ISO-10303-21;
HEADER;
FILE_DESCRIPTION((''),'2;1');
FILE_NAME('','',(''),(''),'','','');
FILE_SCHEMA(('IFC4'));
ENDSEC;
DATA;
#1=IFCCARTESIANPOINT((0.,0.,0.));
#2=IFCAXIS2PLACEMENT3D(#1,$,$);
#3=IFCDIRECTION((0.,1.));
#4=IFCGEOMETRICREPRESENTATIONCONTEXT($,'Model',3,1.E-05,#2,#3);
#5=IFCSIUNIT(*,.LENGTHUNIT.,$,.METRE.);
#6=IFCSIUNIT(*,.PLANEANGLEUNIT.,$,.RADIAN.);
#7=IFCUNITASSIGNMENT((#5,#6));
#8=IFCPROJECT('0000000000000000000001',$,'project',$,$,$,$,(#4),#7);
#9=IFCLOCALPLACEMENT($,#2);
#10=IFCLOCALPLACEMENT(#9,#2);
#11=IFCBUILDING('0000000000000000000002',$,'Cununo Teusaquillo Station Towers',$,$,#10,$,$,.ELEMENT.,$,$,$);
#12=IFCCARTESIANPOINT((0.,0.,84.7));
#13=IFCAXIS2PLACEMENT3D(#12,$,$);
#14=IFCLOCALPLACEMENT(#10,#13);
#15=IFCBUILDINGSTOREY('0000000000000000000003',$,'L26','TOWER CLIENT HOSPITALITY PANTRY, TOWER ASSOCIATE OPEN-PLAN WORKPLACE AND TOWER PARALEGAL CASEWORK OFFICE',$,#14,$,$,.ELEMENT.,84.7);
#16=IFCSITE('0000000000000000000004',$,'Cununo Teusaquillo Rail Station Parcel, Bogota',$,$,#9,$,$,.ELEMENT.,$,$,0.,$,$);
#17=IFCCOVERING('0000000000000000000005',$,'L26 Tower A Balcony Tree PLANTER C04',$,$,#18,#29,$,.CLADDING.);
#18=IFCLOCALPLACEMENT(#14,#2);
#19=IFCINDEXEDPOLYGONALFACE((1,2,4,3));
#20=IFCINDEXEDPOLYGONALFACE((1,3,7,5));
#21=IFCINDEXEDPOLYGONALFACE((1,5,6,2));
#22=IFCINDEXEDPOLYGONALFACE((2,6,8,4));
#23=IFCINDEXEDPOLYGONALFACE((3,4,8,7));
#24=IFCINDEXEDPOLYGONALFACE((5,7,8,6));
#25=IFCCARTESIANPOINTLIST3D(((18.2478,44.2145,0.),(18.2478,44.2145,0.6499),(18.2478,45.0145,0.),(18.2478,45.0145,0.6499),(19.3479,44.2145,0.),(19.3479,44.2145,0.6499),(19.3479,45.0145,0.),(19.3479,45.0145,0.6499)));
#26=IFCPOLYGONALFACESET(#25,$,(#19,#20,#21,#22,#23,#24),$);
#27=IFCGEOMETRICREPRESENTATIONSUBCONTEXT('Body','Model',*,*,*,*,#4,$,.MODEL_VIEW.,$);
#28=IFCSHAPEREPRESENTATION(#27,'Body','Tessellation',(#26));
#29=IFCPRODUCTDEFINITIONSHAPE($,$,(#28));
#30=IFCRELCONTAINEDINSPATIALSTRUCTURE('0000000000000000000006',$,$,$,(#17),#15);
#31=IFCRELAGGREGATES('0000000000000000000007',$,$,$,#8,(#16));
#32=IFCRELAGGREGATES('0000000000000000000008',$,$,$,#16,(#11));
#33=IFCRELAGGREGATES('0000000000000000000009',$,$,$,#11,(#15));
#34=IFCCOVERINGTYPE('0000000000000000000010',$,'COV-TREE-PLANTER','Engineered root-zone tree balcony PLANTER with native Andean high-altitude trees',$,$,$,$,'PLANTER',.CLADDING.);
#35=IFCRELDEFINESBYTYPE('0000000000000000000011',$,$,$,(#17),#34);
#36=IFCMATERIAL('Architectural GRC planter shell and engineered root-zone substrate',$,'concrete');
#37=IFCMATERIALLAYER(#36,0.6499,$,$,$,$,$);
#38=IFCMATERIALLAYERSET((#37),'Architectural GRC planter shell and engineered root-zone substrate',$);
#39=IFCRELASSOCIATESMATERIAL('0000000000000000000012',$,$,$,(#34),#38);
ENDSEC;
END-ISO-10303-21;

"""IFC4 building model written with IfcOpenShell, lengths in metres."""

from ifc_helpers import new_model, si_unit, direction, frame, origin, origin_2d, place, context, subcontext, project, spatial, rectangle, extrude, source, transform, mapped, material, layer, layer_set, type_object, element, save


model = new_model("IFC4")

# Units and contexts
model_context = context("Model", 3, precision=1e-05, world=origin(), true_north=direction((0.0, 1.0)))
body_context = subcontext(model_context, "Body", "Model", "MODEL_VIEW")
ifc_project = project(units=[si_unit("LENGTHUNIT", "METRE"), si_unit("PLANEANGLEUNIT", "RADIAN")], contexts=[model_context])

# Site, building, storey
site_placement = place(None, origin())
site = spatial("IfcSite", under=ifc_project, at=site_placement, Name="Cununo Teusaquillo Rail Station Parcel, Bogota", CompositionType="ELEMENT", RefElevation=0.0)
building_placement = place(site_placement, origin())
building = spatial("IfcBuilding", under=site, at=building_placement, Name="Cununo Teusaquillo Station Towers", CompositionType="ELEMENT")
storey_placement = place(building_placement, frame((0.0, 0.0, 84.7)))
storey = spatial("IfcBuildingStorey", under=building, at=storey_placement, Name="L26", Description="TOWER CLIENT HOSPITALITY PANTRY, TOWER ASSOCIATE OPEN-PLAN WORKPLACE AND TOWER PARALEGAL CASEWORK OFFICE", CompositionType="ELEMENT", Elevation=84.7)

# Covering
ifc_material_1 = material(Name="Architectural GRC planter shell and engineered root-zone substrate", Category="concrete")
ifc_layer_1 = layer(ifc_material_1, 0.6499)
ifc_layer_set_1 = layer_set([ifc_layer_1], Name="Architectural GRC planter shell and engineered root-zone substrate")
covering_type = type_object("IfcCoveringType", Name="COV-TREE-PLANTER", Description="Engineered root-zone tree balcony PLANTER with native Andean high-altitude trees", ElementType="PLANTER", PredefinedType="CLADDING", material=ifc_layer_set_1)
shared_shape_1 = source(origin(), body_context, "Body", "SweptSolid", [
    extrude(rectangle(XDim=1.1001, YDim=0.8, at=origin_2d()), origin(), (0.0, 0.0, 1.0), 0.6499),
])
covering_placement = place(storey_placement, frame((18.7979, 44.6145, 0.0), z_axis=(0.0, 0.0, 1.0), x_axis=(1.0, 0.0, 0.0)))
element("IfcCovering", 1, at=covering_placement, inside=storey, type_object=covering_type, Name="L26 Tower A Balcony Tree PLANTER C04", PredefinedType="CLADDING", context=body_context, shape_type="MappedRepresentation", body=[
    mapped(shared_shape_1, transform((0.0, 0.0, 0.0), x_axis=(1.0, 0.0, 0.0), y_axis=(0.0, 1.0, 0.0), z_axis=(0.0, 0.0, 1.0), scale=1.0)),
])

save(model, "model.ifc")
